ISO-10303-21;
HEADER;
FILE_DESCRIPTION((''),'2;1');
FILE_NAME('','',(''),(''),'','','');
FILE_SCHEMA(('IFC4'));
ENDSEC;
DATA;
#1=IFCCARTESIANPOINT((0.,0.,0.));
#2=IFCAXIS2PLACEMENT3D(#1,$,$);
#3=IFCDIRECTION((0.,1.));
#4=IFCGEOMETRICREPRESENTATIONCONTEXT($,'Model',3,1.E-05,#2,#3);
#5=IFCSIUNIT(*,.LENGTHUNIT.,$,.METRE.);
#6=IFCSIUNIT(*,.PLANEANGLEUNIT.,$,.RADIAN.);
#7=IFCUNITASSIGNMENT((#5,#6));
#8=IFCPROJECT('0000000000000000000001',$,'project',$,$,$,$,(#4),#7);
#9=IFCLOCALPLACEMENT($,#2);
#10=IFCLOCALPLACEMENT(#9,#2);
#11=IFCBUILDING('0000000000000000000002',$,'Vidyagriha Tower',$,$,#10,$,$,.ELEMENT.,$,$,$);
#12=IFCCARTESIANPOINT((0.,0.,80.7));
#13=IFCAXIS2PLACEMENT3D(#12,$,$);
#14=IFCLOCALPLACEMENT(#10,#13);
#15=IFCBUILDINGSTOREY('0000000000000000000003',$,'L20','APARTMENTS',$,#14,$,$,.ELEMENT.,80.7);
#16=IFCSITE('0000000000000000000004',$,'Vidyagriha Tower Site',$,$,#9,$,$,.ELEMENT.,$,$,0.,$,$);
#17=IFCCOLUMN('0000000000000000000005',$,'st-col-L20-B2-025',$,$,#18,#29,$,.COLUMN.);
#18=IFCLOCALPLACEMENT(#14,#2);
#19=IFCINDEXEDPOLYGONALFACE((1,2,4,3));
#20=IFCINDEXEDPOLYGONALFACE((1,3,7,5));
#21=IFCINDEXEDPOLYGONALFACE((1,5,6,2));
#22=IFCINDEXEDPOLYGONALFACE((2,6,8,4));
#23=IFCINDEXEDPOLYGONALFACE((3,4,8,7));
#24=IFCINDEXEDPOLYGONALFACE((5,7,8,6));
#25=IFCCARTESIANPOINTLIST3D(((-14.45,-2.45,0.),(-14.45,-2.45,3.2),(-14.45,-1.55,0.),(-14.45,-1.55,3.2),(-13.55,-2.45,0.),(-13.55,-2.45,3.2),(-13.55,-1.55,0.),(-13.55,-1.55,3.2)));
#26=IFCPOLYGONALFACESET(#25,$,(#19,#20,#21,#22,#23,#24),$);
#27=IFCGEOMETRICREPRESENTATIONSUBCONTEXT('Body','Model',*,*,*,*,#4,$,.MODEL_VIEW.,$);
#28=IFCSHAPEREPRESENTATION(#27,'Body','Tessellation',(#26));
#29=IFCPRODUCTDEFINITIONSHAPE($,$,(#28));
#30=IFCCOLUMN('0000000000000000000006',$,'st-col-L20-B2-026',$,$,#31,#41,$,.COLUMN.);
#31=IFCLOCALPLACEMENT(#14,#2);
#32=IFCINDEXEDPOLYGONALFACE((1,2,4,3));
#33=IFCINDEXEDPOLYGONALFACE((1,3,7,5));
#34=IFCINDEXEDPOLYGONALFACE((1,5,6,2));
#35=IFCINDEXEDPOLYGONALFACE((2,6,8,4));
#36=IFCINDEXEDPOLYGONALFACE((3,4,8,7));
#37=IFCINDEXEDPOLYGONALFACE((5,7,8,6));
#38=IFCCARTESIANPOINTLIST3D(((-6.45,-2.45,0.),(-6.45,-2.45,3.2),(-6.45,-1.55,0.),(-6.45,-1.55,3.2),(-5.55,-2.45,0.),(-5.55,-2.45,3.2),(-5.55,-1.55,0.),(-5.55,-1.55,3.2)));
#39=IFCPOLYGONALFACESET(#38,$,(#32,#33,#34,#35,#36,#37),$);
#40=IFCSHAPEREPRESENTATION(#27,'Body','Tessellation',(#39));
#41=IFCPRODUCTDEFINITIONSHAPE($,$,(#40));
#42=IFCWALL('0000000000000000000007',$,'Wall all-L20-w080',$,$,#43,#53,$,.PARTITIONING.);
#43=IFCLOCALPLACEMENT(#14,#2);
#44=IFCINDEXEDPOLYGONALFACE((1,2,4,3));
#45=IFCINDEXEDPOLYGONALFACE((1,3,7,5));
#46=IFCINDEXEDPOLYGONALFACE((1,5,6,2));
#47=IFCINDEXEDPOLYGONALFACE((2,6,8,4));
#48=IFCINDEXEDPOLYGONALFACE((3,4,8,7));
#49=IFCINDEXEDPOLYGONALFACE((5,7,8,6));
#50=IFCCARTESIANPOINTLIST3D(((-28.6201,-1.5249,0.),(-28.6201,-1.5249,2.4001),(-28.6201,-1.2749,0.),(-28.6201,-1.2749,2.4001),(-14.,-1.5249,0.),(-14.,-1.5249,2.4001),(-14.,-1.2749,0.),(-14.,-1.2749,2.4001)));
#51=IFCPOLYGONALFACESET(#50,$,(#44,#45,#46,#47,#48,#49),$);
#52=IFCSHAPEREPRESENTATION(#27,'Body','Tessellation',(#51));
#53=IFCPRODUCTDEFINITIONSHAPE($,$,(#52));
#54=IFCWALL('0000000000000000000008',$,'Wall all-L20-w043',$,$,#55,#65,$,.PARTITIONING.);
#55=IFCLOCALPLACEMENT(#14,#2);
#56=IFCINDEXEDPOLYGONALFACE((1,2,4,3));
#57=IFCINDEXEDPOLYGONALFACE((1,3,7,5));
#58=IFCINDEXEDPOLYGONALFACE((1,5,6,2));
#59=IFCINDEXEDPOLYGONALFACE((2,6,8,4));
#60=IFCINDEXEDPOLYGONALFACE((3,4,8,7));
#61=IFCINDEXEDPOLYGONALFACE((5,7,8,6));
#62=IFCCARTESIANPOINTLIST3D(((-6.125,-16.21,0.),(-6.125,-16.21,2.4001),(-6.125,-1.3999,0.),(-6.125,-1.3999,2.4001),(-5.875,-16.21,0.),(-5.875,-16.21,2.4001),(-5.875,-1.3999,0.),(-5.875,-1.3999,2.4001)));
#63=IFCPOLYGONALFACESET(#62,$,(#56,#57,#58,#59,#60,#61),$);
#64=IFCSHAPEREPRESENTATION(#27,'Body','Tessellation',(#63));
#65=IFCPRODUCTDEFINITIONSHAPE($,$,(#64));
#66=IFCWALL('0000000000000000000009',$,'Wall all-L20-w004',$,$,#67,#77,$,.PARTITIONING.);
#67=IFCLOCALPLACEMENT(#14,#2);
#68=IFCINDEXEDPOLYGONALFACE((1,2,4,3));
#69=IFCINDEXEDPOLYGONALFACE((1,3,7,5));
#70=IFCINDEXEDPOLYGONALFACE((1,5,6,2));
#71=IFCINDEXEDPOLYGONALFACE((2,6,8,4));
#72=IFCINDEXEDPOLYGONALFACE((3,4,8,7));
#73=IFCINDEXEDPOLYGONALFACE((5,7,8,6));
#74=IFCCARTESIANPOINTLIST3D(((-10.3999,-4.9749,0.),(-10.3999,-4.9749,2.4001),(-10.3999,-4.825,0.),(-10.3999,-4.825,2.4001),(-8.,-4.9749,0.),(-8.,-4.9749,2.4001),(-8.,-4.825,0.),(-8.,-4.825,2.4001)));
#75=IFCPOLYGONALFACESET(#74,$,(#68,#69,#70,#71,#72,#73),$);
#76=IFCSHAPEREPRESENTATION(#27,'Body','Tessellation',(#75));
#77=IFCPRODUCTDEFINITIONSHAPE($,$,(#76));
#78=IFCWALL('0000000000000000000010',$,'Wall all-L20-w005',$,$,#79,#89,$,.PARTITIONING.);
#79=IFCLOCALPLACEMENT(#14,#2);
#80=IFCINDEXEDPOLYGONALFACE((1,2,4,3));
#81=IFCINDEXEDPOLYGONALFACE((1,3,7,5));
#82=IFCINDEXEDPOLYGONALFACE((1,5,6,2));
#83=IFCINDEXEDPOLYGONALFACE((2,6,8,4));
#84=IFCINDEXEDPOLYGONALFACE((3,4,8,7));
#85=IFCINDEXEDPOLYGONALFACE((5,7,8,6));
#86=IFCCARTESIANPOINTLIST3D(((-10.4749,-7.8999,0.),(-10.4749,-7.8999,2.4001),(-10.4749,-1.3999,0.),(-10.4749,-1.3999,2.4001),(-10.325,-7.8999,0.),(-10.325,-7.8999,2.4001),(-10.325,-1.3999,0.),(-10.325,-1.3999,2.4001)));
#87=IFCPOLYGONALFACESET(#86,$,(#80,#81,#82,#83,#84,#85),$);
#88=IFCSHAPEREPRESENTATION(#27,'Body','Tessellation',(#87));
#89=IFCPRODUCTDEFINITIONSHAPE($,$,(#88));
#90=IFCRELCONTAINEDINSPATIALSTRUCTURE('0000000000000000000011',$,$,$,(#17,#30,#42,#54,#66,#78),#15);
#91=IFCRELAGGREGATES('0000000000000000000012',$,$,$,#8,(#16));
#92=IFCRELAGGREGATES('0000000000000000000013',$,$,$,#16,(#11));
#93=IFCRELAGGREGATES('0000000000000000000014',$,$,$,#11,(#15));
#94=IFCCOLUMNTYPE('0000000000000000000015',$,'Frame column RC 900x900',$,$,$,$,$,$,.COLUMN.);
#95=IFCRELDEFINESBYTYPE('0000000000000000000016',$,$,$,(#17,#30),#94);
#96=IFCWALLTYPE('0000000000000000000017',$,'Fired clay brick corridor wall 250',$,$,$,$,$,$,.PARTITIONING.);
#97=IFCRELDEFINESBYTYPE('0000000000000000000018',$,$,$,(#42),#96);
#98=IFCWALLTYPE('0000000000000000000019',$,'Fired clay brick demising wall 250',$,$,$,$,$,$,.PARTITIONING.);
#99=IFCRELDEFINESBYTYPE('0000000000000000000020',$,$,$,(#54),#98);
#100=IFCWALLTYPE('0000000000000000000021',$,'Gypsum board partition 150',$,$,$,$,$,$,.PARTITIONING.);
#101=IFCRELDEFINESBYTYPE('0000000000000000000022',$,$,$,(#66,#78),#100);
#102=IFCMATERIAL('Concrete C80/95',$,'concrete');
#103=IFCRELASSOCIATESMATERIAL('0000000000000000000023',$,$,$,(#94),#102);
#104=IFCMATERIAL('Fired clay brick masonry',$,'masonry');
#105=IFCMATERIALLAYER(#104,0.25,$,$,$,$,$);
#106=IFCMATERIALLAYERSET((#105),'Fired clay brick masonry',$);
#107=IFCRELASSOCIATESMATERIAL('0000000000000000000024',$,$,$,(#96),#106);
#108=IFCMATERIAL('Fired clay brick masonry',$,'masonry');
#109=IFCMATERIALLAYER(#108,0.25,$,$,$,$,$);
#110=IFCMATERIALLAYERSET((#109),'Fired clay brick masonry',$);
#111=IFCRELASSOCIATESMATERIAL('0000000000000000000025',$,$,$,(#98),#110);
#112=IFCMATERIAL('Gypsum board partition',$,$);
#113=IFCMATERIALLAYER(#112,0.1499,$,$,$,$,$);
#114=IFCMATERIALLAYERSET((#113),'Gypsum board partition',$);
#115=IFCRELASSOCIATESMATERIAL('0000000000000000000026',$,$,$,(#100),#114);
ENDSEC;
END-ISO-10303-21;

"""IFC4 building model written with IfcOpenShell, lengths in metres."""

from ifc_helpers import new_model, si_unit, direction, frame, frame_2d, origin, origin_2d, place, context, subcontext, project, spatial, rectangle, extrude, material, layer, layer_set, material_profile, profile_set, type_object, element, save


model = new_model("IFC4")

# Units and contexts
model_context = context("Model", 3, precision=1e-05, world=origin(), true_north=direction((0.0, 1.0)))
body_context = subcontext(model_context, "Body", "Model", "MODEL_VIEW")
ifc_project = project(units=[si_unit("LENGTHUNIT", "METRE"), si_unit("PLANEANGLEUNIT", "RADIAN")], contexts=[model_context])

# Site, building, storey
site_placement = place(None, origin())
site = spatial("IfcSite", under=ifc_project, at=site_placement, Name="Vidyagriha Tower Site", CompositionType="ELEMENT", RefElevation=0.0)
building_placement = place(site_placement, origin())
building = spatial("IfcBuilding", under=site, at=building_placement, Name="Vidyagriha Tower", CompositionType="ELEMENT")
storey_placement = place(building_placement, frame((0.0, 0.0, 80.7)))
storey = spatial("IfcBuildingStorey", under=building, at=storey_placement, Name="L20", Description="APARTMENTS", CompositionType="ELEMENT", Elevation=80.7)

# Columns
ifc_material_1 = material(Name="Concrete C80/95", Category="concrete")
ifc_material_profile = material_profile(ifc_material_1, rectangle(XDim=0.8999, YDim=0.8999, at=origin_2d()), Name="RC 900x900")
ifc_profile_set = profile_set([ifc_material_profile], Name="Concrete C80/95")
column_type = type_object("IfcColumnType", Name="Frame column RC 900x900", PredefinedType="COLUMN", material=ifc_profile_set)
for number, where, name in (
    (1, (-14.0, -2.0, 0.0), "st-col-L20-B2-025"),
    (2, (-6.0, -2.0, 0.0), "st-col-L20-B2-026"),
):
    element("IfcColumn", number, at=place(storey_placement, frame(where)), inside=storey, type_object=column_type, Name=name, PredefinedType="COLUMN", context=body_context, shape_type="SweptSolid", body=[
        extrude(rectangle(XDim=0.8999, YDim=0.8999, at=origin_2d()), origin(), (0.0, 0.0, 1.0), 3.2),
    ])

# Walls
ifc_material_2 = material(Name="Fired clay brick masonry", Category="masonry")
ifc_layer_1 = layer(ifc_material_2, 0.25)
ifc_layer_set_1 = layer_set([ifc_layer_1], Name="Fired clay brick masonry")
wall_type_1 = type_object("IfcWallType", Name="Fired clay brick corridor wall 250", PredefinedType="PARTITIONING", material=ifc_layer_set_1)
wall_1_placement = place(storey_placement, frame((-14.0, -1.3999, 0.0), z_axis=(0.0, 0.0, 1.0), x_axis=(-1.0, 0.0, 0.0)))
element("IfcWall", 3, at=wall_1_placement, inside=storey, type_object=wall_type_1, Name="Wall all-L20-w080", PredefinedType="PARTITIONING", context=body_context, shape_type="SweptSolid", body=[
    extrude(rectangle(XDim=14.6201, YDim=0.25, at=frame_2d((7.3101, 0.0))), origin(), (0.0, 0.0, 1.0), 2.4001),
])
ifc_material_3 = material(Name="Fired clay brick masonry", Category="masonry")
ifc_layer_2 = layer(ifc_material_3, 0.25)
ifc_layer_set_2 = layer_set([ifc_layer_2], Name="Fired clay brick masonry")
wall_type_2 = type_object("IfcWallType", Name="Fired clay brick demising wall 250", PredefinedType="PARTITIONING", material=ifc_layer_set_2)
wall_2_placement = place(storey_placement, frame((-6.0, -1.3999, 0.0), z_axis=(0.0, 0.0, 1.0), x_axis=(0.0, -1.0, 0.0)))
element("IfcWall", 4, at=wall_2_placement, inside=storey, type_object=wall_type_2, Name="Wall all-L20-w043", PredefinedType="PARTITIONING", context=body_context, shape_type="SweptSolid", body=[
    extrude(rectangle(XDim=14.8101, YDim=0.25, at=frame_2d((7.405, 0.0))), origin(), (0.0, 0.0, 1.0), 2.4001),
])
ifc_material_4 = material(Name="Gypsum board partition")
ifc_layer_3 = layer(ifc_material_4, 0.1499)
ifc_layer_set_3 = layer_set([ifc_layer_3], Name="Gypsum board partition")
wall_type_3 = type_object("IfcWallType", Name="Gypsum board partition 150", PredefinedType="PARTITIONING", material=ifc_layer_set_3)
wall_3_placement = place(storey_placement, frame((-8.0, -4.8999, 0.0), z_axis=(0.0, 0.0, 1.0), x_axis=(-1.0, 0.0, 0.0)))
element("IfcWall", 5, at=wall_3_placement, inside=storey, type_object=wall_type_3, Name="Wall all-L20-w004", PredefinedType="PARTITIONING", context=body_context, shape_type="SweptSolid", body=[
    extrude(rectangle(XDim=2.3999, YDim=0.1499, at=frame_2d((1.2, 0.0))), origin(), (0.0, 0.0, 1.0), 2.4001),
])
wall_4_placement = place(storey_placement, frame((-10.3999, -7.8999, 0.0), z_axis=(0.0, 0.0, 1.0), x_axis=(0.0, 1.0, 0.0)))
element("IfcWall", 6, at=wall_4_placement, inside=storey, type_object=wall_type_3, Name="Wall all-L20-w005", PredefinedType="PARTITIONING", context=body_context, shape_type="SweptSolid", body=[
    extrude(rectangle(XDim=6.5, YDim=0.1499, at=frame_2d((3.25, 0.0))), origin(), (0.0, 0.0, 1.0), 2.4001),
])

save(model, "model.ifc")
